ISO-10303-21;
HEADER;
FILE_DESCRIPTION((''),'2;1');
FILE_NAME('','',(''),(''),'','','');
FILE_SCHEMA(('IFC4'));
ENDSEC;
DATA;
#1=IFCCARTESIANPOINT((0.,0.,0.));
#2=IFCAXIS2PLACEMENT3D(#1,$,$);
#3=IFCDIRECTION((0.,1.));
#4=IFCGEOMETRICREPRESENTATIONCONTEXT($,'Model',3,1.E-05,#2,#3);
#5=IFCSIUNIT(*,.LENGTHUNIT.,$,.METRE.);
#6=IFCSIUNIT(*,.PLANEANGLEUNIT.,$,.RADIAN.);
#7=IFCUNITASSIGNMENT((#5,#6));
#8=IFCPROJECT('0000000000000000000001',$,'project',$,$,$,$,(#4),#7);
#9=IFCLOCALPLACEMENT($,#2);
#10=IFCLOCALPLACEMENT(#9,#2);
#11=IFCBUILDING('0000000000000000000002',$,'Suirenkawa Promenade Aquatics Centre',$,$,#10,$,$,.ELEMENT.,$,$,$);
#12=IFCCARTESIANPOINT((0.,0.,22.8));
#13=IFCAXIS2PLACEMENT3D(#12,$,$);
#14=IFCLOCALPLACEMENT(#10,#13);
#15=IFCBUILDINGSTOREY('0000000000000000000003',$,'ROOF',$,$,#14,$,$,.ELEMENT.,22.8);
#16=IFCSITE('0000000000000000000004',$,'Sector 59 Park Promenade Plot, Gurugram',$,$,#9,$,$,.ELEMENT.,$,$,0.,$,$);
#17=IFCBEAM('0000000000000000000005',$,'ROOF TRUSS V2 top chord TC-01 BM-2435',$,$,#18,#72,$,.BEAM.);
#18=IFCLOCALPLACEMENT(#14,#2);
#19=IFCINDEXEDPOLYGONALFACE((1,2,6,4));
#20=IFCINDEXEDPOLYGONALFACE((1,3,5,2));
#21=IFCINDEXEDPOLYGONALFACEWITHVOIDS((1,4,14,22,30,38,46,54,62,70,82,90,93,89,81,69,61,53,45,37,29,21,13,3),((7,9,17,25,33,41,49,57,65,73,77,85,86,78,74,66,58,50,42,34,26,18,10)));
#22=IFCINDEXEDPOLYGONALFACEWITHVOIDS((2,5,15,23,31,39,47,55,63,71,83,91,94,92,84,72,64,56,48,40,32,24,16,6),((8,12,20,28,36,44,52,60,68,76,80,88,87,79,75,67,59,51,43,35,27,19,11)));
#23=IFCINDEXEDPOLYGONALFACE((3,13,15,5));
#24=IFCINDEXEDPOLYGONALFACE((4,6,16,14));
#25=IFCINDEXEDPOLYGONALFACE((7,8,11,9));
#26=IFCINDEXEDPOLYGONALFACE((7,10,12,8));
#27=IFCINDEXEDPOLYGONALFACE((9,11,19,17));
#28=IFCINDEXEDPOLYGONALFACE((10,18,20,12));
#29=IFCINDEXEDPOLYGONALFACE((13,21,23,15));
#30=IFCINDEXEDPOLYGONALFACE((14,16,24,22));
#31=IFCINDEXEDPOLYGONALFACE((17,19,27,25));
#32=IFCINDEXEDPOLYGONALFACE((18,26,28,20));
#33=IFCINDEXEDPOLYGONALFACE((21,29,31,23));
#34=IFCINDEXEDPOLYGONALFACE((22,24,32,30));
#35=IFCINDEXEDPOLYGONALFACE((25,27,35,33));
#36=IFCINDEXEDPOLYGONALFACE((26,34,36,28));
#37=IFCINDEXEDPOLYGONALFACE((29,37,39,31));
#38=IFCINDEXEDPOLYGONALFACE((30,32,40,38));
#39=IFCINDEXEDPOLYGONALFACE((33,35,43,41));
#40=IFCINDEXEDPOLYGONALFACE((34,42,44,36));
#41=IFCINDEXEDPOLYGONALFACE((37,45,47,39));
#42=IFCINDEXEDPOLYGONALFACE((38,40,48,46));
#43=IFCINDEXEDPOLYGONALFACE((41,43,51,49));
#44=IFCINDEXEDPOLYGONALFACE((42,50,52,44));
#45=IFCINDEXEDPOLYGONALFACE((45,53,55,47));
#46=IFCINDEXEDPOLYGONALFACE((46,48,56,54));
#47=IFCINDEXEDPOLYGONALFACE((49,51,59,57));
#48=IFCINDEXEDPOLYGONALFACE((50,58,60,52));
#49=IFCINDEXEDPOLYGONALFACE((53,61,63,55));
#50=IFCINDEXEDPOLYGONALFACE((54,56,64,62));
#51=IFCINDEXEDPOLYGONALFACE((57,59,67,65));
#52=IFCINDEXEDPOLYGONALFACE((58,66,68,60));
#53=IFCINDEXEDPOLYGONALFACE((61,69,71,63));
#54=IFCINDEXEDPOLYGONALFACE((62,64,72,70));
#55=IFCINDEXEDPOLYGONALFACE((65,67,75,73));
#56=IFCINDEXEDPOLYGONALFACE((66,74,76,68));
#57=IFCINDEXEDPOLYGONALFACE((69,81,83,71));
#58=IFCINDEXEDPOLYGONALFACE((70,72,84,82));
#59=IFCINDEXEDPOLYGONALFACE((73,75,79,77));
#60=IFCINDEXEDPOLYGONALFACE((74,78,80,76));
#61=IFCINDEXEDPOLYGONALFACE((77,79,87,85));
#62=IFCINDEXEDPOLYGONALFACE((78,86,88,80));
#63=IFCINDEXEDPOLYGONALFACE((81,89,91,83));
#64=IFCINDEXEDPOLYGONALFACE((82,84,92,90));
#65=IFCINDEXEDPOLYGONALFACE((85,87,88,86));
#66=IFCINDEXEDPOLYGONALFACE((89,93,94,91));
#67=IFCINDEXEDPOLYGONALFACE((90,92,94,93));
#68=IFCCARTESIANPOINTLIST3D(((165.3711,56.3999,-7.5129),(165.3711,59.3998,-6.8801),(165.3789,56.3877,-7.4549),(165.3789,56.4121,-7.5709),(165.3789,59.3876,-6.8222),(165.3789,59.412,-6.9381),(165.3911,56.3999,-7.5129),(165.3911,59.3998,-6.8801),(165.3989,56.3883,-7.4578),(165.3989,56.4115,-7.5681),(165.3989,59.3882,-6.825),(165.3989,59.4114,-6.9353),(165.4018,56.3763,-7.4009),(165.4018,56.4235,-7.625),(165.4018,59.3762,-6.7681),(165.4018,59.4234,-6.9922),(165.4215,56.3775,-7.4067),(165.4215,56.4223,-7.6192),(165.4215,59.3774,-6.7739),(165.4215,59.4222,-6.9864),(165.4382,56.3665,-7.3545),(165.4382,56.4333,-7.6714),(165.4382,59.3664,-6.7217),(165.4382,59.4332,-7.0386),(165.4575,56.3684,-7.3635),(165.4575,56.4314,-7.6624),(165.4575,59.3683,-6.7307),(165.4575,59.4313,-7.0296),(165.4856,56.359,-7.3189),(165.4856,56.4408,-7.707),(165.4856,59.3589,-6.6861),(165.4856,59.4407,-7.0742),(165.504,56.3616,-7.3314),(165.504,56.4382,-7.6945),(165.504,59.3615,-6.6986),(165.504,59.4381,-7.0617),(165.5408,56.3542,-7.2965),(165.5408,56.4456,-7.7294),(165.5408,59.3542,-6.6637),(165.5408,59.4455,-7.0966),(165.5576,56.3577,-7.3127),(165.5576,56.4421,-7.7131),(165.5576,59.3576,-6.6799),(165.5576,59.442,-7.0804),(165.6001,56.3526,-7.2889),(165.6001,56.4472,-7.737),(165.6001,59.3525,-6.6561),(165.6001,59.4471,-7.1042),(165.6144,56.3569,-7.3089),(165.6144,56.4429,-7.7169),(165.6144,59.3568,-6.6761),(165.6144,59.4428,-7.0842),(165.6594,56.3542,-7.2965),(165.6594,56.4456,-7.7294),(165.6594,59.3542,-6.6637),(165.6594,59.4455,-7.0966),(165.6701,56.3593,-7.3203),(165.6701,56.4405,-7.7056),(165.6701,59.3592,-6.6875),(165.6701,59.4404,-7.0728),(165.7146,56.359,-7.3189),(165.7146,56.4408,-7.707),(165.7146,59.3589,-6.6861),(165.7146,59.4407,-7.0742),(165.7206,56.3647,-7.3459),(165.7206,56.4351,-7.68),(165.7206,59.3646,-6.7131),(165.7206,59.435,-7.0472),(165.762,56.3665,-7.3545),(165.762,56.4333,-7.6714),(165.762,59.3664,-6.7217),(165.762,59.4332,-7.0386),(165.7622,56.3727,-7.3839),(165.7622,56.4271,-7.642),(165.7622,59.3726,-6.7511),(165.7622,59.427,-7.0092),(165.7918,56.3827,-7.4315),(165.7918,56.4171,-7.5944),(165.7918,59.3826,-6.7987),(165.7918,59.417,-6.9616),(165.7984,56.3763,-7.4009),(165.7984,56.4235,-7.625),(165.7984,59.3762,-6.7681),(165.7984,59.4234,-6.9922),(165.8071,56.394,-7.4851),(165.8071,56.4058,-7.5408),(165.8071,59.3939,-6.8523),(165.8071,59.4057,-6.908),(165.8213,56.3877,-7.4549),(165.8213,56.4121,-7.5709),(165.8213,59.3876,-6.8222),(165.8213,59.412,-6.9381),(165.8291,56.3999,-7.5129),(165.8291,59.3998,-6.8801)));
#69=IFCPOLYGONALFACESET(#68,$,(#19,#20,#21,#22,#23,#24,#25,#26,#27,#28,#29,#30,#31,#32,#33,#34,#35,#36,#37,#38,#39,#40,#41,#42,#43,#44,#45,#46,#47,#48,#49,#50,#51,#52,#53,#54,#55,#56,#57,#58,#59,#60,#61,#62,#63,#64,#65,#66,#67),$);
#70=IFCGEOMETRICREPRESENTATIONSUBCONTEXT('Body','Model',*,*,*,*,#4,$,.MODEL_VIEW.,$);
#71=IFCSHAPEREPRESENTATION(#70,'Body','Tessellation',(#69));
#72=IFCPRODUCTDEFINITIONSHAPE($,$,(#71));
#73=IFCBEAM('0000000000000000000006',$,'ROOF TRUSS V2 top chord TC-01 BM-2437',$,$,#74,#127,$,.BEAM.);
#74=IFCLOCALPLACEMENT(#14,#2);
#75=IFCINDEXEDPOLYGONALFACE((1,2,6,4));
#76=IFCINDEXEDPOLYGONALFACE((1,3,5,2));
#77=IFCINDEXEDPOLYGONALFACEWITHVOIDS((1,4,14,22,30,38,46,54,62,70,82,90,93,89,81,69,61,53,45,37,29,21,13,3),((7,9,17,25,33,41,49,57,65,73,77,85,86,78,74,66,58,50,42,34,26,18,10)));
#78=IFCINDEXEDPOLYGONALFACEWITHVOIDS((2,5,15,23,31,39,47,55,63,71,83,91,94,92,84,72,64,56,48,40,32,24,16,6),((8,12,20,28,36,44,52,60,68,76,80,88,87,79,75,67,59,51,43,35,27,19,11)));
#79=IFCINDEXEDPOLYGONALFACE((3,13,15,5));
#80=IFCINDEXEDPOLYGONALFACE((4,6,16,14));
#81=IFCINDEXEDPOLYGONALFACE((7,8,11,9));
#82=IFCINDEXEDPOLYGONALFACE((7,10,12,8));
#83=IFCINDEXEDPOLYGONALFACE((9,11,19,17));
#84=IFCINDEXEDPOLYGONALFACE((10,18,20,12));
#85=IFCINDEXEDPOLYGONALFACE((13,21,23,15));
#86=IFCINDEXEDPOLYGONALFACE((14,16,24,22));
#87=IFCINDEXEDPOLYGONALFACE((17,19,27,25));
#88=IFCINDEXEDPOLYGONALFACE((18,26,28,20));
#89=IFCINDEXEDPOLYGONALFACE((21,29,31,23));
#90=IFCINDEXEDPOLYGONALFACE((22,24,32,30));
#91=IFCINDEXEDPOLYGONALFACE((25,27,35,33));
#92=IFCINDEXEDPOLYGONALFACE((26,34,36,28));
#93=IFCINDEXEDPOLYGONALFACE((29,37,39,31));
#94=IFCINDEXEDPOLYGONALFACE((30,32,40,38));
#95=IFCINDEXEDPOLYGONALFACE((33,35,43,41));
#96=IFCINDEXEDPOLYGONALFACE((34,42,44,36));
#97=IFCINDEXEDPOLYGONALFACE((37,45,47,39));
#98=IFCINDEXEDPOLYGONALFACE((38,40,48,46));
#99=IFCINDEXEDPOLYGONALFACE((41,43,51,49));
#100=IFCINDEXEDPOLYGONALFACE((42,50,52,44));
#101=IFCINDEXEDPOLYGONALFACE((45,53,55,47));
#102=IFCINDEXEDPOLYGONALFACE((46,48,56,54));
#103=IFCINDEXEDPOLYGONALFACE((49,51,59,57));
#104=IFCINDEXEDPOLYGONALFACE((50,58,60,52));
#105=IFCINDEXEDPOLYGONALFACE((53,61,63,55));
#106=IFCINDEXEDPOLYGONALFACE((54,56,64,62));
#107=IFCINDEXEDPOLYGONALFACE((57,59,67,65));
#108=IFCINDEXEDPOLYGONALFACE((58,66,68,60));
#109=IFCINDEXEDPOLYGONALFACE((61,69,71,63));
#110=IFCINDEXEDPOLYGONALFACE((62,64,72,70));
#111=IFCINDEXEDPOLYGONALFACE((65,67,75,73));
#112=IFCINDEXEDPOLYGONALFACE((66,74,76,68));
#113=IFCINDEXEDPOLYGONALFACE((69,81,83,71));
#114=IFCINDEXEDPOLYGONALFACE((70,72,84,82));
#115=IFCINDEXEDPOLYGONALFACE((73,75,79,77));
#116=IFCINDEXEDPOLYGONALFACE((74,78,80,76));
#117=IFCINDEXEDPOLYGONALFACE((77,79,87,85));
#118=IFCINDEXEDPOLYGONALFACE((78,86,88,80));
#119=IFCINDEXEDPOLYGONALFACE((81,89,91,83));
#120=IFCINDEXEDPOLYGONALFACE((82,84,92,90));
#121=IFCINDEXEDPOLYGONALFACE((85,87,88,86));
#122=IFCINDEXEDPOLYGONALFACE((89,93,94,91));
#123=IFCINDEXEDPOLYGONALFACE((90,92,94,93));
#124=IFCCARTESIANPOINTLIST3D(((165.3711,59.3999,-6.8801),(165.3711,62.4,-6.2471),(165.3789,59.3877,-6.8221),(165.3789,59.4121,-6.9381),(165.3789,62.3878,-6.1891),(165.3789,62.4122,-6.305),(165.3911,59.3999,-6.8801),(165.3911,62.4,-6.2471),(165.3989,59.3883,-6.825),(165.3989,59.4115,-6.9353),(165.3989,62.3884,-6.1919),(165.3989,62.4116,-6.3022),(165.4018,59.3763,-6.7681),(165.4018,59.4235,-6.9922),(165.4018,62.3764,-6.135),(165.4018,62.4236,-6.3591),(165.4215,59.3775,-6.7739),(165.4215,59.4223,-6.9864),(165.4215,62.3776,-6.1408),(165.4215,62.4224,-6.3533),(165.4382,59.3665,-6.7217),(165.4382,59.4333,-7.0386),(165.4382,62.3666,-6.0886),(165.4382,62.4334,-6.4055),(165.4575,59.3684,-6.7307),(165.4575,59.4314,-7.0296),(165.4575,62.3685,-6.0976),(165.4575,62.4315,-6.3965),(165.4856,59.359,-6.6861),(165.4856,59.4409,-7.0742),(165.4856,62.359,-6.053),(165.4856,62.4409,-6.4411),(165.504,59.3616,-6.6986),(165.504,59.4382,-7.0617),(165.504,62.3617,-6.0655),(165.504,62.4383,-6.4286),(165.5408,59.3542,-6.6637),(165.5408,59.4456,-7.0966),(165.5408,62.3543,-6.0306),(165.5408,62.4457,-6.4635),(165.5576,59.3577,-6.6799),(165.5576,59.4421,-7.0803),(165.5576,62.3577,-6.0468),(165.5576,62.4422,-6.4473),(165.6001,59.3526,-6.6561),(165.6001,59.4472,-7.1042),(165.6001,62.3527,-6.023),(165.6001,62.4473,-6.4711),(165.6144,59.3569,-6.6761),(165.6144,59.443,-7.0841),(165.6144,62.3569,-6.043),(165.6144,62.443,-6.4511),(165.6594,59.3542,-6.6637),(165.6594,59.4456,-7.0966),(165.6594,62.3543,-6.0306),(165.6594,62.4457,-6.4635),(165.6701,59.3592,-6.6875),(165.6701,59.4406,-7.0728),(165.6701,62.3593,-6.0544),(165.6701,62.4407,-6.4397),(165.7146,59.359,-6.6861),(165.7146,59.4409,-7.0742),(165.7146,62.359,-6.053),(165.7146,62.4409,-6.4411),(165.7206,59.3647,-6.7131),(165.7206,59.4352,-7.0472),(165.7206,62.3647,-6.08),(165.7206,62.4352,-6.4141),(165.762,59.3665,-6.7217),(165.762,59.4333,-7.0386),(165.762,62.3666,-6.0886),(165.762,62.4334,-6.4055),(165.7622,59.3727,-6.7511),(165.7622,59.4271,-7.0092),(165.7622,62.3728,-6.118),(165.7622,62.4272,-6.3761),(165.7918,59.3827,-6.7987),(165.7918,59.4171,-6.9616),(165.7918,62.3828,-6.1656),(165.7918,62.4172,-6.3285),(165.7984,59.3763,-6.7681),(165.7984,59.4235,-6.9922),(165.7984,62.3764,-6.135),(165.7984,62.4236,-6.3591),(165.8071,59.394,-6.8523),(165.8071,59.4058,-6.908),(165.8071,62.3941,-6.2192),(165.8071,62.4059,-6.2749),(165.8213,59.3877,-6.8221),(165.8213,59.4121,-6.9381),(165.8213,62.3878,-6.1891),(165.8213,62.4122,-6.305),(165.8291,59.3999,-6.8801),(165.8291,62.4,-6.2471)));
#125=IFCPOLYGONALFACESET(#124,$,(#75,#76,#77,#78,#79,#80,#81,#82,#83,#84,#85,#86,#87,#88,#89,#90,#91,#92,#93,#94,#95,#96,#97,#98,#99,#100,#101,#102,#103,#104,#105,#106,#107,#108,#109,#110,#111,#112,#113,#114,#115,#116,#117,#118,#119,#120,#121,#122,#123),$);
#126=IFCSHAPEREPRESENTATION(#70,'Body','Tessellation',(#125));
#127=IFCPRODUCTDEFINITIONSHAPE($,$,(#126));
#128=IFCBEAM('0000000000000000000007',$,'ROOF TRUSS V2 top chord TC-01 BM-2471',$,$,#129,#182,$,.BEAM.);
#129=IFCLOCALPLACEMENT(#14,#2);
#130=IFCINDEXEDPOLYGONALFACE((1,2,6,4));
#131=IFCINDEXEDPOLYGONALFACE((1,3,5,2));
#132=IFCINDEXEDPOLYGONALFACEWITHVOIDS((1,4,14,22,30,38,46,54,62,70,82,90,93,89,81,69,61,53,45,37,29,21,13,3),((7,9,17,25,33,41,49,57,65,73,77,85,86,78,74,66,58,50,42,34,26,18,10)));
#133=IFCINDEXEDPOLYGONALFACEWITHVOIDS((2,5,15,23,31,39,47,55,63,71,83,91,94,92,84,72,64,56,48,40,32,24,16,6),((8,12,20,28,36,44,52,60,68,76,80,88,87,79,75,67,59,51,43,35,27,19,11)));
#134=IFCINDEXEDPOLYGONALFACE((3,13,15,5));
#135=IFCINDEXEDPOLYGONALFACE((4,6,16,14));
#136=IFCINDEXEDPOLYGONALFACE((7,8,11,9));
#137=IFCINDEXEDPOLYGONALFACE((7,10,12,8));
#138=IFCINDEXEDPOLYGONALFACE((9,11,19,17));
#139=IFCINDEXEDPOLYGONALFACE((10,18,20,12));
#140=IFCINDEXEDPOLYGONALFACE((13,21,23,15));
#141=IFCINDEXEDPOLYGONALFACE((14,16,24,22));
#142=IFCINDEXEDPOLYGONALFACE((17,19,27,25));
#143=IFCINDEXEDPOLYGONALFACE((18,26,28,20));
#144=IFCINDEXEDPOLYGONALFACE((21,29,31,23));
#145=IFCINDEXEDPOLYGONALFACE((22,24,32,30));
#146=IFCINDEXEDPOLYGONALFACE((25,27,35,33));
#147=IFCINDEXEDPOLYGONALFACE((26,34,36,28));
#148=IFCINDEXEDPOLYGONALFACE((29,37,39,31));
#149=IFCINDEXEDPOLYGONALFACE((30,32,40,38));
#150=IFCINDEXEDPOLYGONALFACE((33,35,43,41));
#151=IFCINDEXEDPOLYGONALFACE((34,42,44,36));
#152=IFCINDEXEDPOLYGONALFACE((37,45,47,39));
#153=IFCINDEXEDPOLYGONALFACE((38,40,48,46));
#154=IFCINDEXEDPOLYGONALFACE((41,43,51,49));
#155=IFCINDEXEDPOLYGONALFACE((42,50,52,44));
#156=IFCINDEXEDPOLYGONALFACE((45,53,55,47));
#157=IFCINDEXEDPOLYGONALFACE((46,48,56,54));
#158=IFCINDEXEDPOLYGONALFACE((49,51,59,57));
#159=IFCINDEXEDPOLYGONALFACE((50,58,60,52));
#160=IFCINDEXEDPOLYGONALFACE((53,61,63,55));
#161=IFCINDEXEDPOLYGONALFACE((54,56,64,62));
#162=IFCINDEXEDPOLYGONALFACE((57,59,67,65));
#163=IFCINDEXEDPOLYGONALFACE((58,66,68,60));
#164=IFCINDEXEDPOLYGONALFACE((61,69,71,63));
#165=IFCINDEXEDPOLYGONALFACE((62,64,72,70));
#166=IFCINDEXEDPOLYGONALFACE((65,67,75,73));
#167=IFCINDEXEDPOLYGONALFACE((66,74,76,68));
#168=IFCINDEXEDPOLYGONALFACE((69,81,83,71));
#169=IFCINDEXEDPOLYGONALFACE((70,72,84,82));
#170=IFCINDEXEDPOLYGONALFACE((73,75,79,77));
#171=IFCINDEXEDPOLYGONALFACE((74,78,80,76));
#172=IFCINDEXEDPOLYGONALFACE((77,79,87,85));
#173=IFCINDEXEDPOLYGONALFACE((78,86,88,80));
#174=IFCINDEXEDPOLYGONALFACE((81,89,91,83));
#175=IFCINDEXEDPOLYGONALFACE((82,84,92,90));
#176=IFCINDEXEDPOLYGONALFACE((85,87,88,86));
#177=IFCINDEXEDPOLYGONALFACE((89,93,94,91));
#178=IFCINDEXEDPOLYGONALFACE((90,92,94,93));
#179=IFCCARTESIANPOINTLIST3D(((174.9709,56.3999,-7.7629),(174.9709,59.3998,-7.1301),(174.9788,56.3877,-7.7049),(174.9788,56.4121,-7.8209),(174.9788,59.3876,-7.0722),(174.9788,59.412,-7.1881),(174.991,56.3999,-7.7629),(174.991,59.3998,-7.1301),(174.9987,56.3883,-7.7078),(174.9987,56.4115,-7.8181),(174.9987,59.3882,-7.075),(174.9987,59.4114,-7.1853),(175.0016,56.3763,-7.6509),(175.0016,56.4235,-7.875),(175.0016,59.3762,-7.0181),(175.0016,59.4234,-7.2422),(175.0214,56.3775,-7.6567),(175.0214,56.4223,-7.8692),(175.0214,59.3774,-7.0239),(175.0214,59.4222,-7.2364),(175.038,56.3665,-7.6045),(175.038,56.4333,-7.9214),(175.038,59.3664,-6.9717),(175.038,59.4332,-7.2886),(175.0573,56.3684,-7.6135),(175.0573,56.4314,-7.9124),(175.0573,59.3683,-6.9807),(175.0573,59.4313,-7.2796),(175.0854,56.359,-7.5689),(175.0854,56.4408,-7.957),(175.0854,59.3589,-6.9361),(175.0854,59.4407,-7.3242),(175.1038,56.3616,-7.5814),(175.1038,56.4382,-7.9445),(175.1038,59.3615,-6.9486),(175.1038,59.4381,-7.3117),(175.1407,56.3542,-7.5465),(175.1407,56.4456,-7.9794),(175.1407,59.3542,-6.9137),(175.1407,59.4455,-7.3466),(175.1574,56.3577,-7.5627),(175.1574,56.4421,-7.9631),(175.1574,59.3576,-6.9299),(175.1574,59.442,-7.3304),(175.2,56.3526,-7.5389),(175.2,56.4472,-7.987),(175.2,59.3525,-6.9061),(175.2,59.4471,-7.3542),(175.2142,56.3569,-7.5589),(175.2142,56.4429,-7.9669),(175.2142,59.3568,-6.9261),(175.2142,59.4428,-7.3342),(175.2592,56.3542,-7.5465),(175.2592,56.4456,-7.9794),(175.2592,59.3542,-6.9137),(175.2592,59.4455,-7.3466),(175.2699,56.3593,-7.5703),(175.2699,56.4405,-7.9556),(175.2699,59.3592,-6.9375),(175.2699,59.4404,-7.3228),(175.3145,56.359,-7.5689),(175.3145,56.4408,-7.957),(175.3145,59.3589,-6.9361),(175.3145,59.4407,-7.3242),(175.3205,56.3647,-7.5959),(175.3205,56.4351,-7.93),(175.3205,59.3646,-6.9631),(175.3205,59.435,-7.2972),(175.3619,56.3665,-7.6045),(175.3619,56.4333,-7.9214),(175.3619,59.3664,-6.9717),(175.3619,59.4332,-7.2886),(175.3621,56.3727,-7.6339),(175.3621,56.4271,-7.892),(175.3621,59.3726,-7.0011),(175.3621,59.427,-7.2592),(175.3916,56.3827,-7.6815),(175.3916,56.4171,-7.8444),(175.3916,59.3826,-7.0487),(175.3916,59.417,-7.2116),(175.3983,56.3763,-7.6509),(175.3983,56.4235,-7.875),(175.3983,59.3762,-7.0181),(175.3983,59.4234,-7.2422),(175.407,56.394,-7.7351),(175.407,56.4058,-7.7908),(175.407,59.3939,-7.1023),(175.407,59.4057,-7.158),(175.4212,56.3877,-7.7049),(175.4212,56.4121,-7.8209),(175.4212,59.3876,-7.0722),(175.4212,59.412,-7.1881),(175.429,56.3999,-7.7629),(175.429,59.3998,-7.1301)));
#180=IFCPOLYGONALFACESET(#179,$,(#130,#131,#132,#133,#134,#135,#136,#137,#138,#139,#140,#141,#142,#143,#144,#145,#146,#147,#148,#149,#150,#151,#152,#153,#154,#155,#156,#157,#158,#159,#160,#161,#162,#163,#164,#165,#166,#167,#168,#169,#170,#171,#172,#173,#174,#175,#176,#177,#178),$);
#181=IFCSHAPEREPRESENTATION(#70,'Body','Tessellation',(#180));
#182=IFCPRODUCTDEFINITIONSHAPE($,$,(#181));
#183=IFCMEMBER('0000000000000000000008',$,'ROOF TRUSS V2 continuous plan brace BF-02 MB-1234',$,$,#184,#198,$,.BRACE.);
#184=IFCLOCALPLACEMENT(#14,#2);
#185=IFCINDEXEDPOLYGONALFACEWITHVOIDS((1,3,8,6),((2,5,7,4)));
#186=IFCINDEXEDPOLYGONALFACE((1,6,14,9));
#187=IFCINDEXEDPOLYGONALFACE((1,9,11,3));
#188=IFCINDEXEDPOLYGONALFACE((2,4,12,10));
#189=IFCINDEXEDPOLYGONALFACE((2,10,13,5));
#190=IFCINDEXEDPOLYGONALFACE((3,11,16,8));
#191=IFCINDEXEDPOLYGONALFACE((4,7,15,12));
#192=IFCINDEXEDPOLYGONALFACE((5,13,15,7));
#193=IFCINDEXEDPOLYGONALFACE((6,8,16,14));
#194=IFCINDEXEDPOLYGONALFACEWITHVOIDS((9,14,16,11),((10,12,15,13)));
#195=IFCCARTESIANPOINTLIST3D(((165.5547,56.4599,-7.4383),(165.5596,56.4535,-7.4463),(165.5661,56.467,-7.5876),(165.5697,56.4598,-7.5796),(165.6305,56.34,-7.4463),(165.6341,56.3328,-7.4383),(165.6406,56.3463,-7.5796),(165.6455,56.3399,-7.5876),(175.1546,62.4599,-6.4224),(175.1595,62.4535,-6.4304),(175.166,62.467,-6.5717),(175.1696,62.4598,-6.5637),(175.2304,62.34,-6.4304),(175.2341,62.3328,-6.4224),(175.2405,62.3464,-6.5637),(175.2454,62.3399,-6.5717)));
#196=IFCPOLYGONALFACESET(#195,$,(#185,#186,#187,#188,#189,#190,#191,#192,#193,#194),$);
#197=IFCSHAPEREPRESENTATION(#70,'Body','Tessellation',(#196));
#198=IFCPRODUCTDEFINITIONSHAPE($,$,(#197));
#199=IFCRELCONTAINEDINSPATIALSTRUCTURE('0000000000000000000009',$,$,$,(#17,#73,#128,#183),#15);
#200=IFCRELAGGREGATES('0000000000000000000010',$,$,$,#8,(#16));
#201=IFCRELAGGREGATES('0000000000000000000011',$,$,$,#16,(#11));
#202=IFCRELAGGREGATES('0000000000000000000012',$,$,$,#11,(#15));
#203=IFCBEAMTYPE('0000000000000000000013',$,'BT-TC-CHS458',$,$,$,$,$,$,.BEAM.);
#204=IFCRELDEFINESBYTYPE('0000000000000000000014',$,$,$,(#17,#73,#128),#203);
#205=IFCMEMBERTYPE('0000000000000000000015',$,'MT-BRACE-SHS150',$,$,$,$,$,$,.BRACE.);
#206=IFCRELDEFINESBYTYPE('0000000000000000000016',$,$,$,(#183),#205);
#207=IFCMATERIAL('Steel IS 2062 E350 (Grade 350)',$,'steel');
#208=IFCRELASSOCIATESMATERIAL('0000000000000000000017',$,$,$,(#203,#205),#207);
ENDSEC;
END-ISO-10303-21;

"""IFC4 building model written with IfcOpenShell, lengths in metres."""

from ifc_helpers import new_model, si_unit, direction, frame, origin, origin_2d, place, context, subcontext, project, spatial, hollow_rectangle, hollow_circle, extrude, material, material_profile, profile_set, type_object, element, save


model = new_model("IFC4")

# Units and contexts
model_context = context("Model", 3, precision=1e-05, world=origin(), true_north=direction((0.0, 1.0)))
body_context = subcontext(model_context, "Body", "Model", "MODEL_VIEW")
ifc_project = project(units=[si_unit("LENGTHUNIT", "METRE"), si_unit("PLANEANGLEUNIT", "RADIAN")], contexts=[model_context])

# Site, building, storey
site_placement = place(None, origin())
site = spatial("IfcSite", under=ifc_project, at=site_placement, Name="Sector 59 Park Promenade Plot, Gurugram", CompositionType="ELEMENT", RefElevation=0.0)
building_placement = place(site_placement, origin())
building = spatial("IfcBuilding", under=site, at=building_placement, Name="Suirenkawa Promenade Aquatics Centre", CompositionType="ELEMENT")
storey_placement = place(building_placement, frame((0.0, 0.0, 22.8)))
storey = spatial("IfcBuildingStorey", under=building, at=storey_placement, Name="ROOF", CompositionType="ELEMENT", Elevation=22.8)

# Beams
ifc_material = material(Name="Steel IS 2062 E350 (Grade 350)", Category="steel")
ifc_material_profile_1 = material_profile(ifc_material, hollow_circle(Radius=0.229, WallThickness=0.02, at=origin_2d()), Name="CHS 458x20", Category="steel")
ifc_profile_set_1 = profile_set([ifc_material_profile_1], Name="Steel IS 2062 E350 (Grade 350)")
beam_type_1 = type_object("IfcBeamType", Name="BT-TC-CHS458", PredefinedType="BEAM", material=ifc_profile_set_1)
beam_1_placement = place(storey_placement, frame((165.6001, 56.3999, -7.5129), z_axis=(0.0, 0.978469, 0.206396), x_axis=(-1.0, 0.0, 0.0)))
element("IfcBeam", 1, at=beam_1_placement, inside=storey, type_object=beam_type_1, Name="ROOF TRUSS V2 top chord TC-01 BM-2435", PredefinedType="BEAM", context=body_context, shape_type="SweptSolid", body=[
    extrude(hollow_circle(Radius=0.229, WallThickness=0.02, at=origin_2d()), origin(), (0.0, 0.0, 1.0), 3.0659),
])
beam_2_placement = place(storey_placement, frame((165.6001, 59.3999, -6.8801), z_axis=(0.0, 0.978453, 0.206472), x_axis=(-1.0, 0.0, 0.0)))
element("IfcBeam", 2, at=beam_2_placement, inside=storey, type_object=beam_type_1, Name="ROOF TRUSS V2 top chord TC-01 BM-2437", PredefinedType="BEAM", context=body_context, shape_type="SweptSolid", body=[
    extrude(hollow_circle(Radius=0.229, WallThickness=0.02, at=origin_2d()), origin(), (0.0, 0.0, 1.0), 3.0662),
])
beam_3_placement = place(storey_placement, frame((175.2, 56.3999, -7.7629), z_axis=(0.0, 0.978469, 0.206396), x_axis=(-1.0, 0.0, 0.0)))
element("IfcBeam", 3, at=beam_3_placement, inside=storey, type_object=beam_type_1, Name="ROOF TRUSS V2 top chord TC-01 BM-2471", PredefinedType="BEAM", context=body_context, shape_type="SweptSolid", body=[
    extrude(hollow_circle(Radius=0.229, WallThickness=0.02, at=origin_2d()), origin(), (0.0, 0.0, 1.0), 3.0659),
])

# Member
ifc_material_profile_2 = material_profile(ifc_material, hollow_rectangle(XDim=0.1499, YDim=0.1499, WallThickness=0.0081, at=origin_2d()), Name="SHS 150x150x8", Category="steel")
ifc_profile_set_2 = profile_set([ifc_material_profile_2], Name="Steel IS 2062 E350 (Grade 350)")
member_type_1 = type_object("IfcMemberType", Name="MT-BRACE-SHS150", PredefinedType="BRACE", material=ifc_profile_set_2)
member_1_placement = place(storey_placement, frame((165.6001, 56.3999, -7.5129), z_axis=(0.844601, 0.527884, 0.089377), x_axis=(-0.530005, 0.847995, 0.0)))
element("IfcMember", 4, at=member_1_placement, inside=storey, type_object=member_type_1, Name="ROOF TRUSS V2 continuous plan brace BF-02 MB-1234", PredefinedType="BRACE", context=body_context, shape_type="SweptSolid", body=[
    extrude(hollow_rectangle(XDim=0.1499, YDim=0.1499, WallThickness=0.0081, at=origin_2d()), origin(), (0.0, 0.0, 1.0), 11.3662),
])

save(model, "model.ifc")
